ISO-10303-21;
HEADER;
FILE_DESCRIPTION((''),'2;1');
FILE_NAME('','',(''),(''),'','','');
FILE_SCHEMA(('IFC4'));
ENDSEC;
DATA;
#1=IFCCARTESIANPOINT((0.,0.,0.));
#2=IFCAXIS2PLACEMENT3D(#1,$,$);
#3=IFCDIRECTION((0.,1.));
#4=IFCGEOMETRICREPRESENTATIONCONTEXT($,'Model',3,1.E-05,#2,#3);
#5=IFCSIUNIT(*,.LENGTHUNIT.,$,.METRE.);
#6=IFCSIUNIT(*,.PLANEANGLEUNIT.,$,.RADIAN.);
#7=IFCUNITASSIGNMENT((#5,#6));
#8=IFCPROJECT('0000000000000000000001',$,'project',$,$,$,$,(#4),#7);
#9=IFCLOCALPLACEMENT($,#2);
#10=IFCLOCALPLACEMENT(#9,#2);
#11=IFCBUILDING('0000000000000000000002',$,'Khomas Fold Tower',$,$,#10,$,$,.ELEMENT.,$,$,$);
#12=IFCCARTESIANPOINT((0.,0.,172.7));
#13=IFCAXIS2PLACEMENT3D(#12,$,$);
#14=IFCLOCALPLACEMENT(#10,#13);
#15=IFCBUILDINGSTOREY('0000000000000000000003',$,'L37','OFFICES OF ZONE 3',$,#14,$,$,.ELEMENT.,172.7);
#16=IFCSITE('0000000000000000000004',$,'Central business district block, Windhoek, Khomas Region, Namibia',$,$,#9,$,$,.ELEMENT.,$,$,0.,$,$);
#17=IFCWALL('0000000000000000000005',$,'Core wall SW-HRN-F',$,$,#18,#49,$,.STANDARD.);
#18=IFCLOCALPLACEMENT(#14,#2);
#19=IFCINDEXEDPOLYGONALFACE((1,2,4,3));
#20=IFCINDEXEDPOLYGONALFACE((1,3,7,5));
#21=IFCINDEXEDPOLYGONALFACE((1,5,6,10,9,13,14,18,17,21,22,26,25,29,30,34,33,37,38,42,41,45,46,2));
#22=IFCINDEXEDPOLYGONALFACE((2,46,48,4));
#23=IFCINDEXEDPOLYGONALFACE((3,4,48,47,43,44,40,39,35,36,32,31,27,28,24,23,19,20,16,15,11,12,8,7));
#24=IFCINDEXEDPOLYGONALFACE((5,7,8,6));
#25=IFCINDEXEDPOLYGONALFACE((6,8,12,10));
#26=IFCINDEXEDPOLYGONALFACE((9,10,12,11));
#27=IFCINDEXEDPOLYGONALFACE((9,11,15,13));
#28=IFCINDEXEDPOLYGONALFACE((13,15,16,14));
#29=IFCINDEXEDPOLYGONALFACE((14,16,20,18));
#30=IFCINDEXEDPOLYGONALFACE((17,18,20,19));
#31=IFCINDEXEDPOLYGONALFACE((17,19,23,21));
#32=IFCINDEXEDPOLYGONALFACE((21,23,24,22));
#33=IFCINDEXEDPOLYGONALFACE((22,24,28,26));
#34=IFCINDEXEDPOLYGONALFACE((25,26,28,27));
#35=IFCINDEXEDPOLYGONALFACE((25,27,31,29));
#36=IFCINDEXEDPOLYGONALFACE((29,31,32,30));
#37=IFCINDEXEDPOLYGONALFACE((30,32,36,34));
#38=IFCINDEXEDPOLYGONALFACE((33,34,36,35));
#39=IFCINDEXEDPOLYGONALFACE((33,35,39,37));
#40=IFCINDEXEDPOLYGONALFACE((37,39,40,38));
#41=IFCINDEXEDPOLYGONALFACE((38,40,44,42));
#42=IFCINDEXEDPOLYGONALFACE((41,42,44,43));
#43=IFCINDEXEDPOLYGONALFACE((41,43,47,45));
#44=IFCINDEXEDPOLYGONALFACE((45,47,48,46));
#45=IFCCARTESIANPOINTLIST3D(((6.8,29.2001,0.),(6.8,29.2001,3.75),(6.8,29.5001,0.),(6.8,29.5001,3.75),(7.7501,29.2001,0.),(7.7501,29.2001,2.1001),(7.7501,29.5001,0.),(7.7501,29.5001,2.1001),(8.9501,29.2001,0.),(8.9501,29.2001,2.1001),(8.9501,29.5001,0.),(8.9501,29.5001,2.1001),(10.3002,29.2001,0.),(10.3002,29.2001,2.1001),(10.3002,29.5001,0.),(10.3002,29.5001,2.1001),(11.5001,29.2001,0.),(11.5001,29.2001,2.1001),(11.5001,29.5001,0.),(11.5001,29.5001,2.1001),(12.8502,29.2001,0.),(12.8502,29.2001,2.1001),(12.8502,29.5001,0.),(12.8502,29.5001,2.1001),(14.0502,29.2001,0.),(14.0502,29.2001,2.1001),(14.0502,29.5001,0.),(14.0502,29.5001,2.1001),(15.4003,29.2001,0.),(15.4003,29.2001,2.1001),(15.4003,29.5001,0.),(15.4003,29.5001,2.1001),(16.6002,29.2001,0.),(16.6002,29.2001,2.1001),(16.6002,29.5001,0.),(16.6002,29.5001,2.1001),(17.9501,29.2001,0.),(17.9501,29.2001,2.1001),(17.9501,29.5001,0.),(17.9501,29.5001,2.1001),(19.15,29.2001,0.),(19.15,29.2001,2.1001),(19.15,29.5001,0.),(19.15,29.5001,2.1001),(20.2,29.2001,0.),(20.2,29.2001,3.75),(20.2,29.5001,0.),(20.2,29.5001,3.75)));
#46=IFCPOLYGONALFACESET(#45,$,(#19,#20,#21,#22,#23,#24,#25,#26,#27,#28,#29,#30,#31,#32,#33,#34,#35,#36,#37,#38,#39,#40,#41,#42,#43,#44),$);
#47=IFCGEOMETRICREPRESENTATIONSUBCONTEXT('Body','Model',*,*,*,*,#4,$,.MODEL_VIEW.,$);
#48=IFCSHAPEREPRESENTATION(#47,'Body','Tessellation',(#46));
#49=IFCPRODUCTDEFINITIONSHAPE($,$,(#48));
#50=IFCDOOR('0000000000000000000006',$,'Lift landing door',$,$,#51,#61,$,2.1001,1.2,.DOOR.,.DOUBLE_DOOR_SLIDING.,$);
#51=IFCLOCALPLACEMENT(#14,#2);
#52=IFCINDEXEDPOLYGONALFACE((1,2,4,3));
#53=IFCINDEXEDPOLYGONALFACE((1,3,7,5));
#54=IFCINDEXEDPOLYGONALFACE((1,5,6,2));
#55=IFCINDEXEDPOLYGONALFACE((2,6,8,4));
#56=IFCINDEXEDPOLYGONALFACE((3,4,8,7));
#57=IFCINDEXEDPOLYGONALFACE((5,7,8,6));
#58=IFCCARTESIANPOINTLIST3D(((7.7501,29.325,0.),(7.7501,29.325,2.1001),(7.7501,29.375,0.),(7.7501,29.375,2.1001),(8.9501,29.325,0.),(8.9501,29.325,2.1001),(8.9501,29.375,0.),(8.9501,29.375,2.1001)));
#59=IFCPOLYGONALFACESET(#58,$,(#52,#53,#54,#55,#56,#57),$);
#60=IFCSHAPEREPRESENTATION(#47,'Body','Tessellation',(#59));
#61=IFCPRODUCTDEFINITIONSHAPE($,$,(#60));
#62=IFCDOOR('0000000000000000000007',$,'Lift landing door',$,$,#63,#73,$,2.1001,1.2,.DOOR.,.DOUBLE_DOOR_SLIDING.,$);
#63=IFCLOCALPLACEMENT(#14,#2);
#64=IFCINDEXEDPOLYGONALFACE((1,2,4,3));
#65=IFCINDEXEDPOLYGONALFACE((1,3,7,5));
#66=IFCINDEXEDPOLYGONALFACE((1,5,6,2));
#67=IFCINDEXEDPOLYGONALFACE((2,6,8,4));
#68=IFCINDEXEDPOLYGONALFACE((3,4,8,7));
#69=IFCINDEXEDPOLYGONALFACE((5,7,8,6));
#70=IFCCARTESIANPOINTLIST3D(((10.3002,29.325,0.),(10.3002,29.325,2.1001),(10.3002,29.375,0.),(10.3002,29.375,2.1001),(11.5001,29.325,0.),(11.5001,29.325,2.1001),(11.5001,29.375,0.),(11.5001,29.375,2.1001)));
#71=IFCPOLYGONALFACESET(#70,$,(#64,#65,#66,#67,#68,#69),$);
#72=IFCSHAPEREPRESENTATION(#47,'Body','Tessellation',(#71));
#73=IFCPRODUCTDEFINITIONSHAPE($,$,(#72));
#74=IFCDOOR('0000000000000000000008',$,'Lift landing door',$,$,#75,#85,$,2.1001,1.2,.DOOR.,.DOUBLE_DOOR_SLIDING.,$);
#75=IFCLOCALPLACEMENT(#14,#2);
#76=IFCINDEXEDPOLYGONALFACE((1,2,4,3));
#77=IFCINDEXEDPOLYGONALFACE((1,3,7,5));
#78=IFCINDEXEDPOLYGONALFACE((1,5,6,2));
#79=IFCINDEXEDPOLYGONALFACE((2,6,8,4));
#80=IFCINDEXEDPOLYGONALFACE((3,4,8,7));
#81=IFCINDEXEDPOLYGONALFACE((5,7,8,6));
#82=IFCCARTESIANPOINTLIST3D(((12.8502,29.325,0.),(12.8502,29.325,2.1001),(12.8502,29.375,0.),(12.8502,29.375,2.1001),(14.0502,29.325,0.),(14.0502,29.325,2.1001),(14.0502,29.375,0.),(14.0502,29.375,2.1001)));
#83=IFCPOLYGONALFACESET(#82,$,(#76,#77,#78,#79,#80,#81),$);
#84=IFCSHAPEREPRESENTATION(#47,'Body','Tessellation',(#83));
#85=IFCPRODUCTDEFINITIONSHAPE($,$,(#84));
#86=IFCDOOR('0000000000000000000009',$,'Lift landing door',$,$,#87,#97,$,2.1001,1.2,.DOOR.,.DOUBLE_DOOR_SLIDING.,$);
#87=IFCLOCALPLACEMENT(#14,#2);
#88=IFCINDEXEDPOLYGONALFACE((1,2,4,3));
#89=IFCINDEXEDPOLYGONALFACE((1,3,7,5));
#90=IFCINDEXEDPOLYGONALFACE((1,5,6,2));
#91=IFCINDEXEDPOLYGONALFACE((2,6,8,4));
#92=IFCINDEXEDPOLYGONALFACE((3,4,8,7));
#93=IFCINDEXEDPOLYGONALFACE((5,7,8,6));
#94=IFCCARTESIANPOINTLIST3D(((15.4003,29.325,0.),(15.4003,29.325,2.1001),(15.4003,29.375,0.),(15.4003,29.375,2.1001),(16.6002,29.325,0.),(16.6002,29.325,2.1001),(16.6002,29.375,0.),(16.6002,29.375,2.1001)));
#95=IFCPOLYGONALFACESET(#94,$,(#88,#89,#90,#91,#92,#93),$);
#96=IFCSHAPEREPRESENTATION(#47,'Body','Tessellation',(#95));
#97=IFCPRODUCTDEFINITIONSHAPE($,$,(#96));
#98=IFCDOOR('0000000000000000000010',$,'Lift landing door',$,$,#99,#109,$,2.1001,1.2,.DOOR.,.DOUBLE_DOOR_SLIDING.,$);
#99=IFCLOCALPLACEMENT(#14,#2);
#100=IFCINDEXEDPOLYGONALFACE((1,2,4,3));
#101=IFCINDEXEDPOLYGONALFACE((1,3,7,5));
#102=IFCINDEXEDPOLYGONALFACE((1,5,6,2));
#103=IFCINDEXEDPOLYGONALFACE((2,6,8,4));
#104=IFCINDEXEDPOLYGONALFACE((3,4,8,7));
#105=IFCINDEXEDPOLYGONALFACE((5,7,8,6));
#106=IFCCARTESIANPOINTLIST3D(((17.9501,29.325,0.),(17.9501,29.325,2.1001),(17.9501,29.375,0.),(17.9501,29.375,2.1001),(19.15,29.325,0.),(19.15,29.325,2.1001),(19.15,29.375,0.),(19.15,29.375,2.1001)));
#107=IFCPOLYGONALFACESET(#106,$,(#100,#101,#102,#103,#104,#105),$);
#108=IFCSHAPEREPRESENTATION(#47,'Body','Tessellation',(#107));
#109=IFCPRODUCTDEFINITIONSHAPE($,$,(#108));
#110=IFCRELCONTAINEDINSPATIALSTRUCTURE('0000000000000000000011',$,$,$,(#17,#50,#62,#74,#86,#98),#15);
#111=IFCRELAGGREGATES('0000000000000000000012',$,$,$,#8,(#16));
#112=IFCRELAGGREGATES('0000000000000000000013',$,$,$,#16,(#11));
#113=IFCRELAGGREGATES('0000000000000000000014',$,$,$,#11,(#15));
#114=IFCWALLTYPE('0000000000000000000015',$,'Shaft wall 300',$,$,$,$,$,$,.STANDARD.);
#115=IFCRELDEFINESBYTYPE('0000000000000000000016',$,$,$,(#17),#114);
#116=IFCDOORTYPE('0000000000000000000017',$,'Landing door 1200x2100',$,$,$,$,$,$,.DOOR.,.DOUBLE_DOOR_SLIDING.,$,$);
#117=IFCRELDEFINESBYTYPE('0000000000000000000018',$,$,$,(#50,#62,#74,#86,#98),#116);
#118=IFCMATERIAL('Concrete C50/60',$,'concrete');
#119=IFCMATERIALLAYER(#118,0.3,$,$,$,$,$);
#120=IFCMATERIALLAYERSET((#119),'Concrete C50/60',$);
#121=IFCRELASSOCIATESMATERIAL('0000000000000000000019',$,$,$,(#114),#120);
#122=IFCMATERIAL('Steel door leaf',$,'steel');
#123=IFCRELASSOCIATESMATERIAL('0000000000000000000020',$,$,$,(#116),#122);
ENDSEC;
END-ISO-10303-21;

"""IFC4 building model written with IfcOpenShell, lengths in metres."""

from ifc_helpers import new_model, si_unit, direction, frame, frame_2d, origin, place, context, subcontext, project, spatial, rectangle, extrude, source, transform, mapped, material, layer, layer_set, type_object, element, fill, save


model = new_model("IFC4")

# Units and contexts
model_context = context("Model", 3, precision=1e-05, world=origin(), true_north=direction((0.0, 1.0)))
body_context = subcontext(model_context, "Body", "Model", "MODEL_VIEW")
ifc_project = project(units=[si_unit("LENGTHUNIT", "METRE"), si_unit("PLANEANGLEUNIT", "RADIAN")], contexts=[model_context])

# Site, building, storey
site_placement = place(None, origin())
site = spatial("IfcSite", under=ifc_project, at=site_placement, Name="Central business district block, Windhoek, Khomas Region, Namibia", CompositionType="ELEMENT", RefElevation=0.0)
building_placement = place(site_placement, origin())
building = spatial("IfcBuilding", under=site, at=building_placement, Name="Khomas Fold Tower", CompositionType="ELEMENT")
storey_placement = place(building_placement, frame((0.0, 0.0, 172.7)))
storey = spatial("IfcBuildingStorey", under=building, at=storey_placement, Name="L37", Description="OFFICES OF ZONE 3", CompositionType="ELEMENT", Elevation=172.7)

# Shared definitions
ifc_material_1 = material(Name="Concrete C50/60", Category="concrete")
ifc_layer_1 = layer(ifc_material_1, 0.3)
ifc_layer_set_1 = layer_set([ifc_layer_1], Name="Concrete C50/60")
wall_type_1 = type_object("IfcWallType", Name="Shaft wall 300", PredefinedType="STANDARD", material=ifc_layer_set_1)
shared_shape_1 = source(origin(), body_context, "Body", "SweptSolid", [
    extrude(rectangle(XDim=13.3999, YDim=0.3, at=frame_2d((6.7, 0.0))), origin(), (0.0, 0.0, 1.0), 3.75),
])

# Wall, openings, doors
wall_1_placement = place(storey_placement, frame((6.8, 29.3501, 0.0), z_axis=(0.0, 0.0, 1.0), x_axis=(1.0, 0.0, 0.0)))
wall_1 = element("IfcWall", 1, at=wall_1_placement, inside=storey, type_object=wall_type_1, Name="Core wall SW-HRN-F", PredefinedType="STANDARD", context=body_context, shape_type="MappedRepresentation", body=[
    mapped(shared_shape_1, transform((0.0, 0.0, 0.0))),
])
shared_shape_2 = source(origin(), body_context, "Body", "SweptSolid", [
    extrude(rectangle(XDim=1.2, YDim=2.1001, at=frame_2d((0.6001, 1.05))), frame((0.0, 0.1599, 0.0), z_axis=(0.0, -1.0, 0.0), x_axis=(1.0, 0.0, 0.0)), (0.0, 0.0, 1.0), 0.3201),
])
opening_1_placement = place(wall_1_placement, frame((0.95, 0.0, 0.0)))
opening_1 = element("IfcOpeningElement", 2, at=opening_1_placement, cuts=wall_1, PredefinedType="OPENING", context=body_context, shape_type="MappedRepresentation", body=[
    mapped(shared_shape_2, transform((0.0, 0.0, 0.0))),
])
opening_2_placement = place(wall_1_placement, frame((3.5, 0.0, 0.0)))
opening_2 = element("IfcOpeningElement", 3, at=opening_2_placement, cuts=wall_1, PredefinedType="OPENING", context=body_context, shape_type="MappedRepresentation", body=[
    mapped(shared_shape_2, transform((0.0, 0.0, 0.0))),
])
opening_3_placement = place(wall_1_placement, frame((6.05, 0.0, 0.0)))
opening_3 = element("IfcOpeningElement", 4, at=opening_3_placement, cuts=wall_1, PredefinedType="OPENING", context=body_context, shape_type="MappedRepresentation", body=[
    mapped(shared_shape_2, transform((0.0, 0.0, 0.0))),
])
opening_4_placement = place(wall_1_placement, frame((8.6001, 0.0, 0.0)))
opening_4 = element("IfcOpeningElement", 5, at=opening_4_placement, cuts=wall_1, PredefinedType="OPENING", context=body_context, shape_type="MappedRepresentation", body=[
    mapped(shared_shape_2, transform((0.0, 0.0, 0.0))),
])
opening_5_placement = place(wall_1_placement, frame((11.1499, 0.0, 0.0)))
opening_5 = element("IfcOpeningElement", 6, at=opening_5_placement, cuts=wall_1, PredefinedType="OPENING", context=body_context, shape_type="MappedRepresentation", body=[
    mapped(shared_shape_2, transform((0.0, 0.0, 0.0))),
])
ifc_material_2 = material(Name="Steel door leaf", Category="steel")
door_type = type_object("IfcDoorType", Name="Landing door 1200x2100", OperationType="DOUBLE_DOOR_SLIDING", PredefinedType="DOOR", material=ifc_material_2)
shared_shape_3 = source(origin(), body_context, "Body", "SweptSolid", [
    extrude(rectangle(XDim=1.2, YDim=2.1001, at=frame_2d((0.6001, 1.05))), frame((0.0, 0.0249, 0.0), z_axis=(0.0, -1.0, 0.0), x_axis=(1.0, 0.0, 0.0)), (0.0, 0.0, 1.0), 0.05),
])
door_1_placement = place(opening_1_placement, origin())
door_1 = element("IfcDoor", 7, at=door_1_placement, inside=storey, type_object=door_type, Name="Lift landing door", OperationType="DOUBLE_DOOR_SLIDING", OverallHeight=2.1001, OverallWidth=1.2, PredefinedType="DOOR", context=body_context, shape_type="MappedRepresentation", body=[
    mapped(shared_shape_3, transform((0.0, 0.0, 0.0))),
])
fill(opening_1, door_1)
door_2_placement = place(opening_2_placement, origin())
door_2 = element("IfcDoor", 8, at=door_2_placement, inside=storey, type_object=door_type, Name="Lift landing door", OperationType="DOUBLE_DOOR_SLIDING", OverallHeight=2.1001, OverallWidth=1.2, PredefinedType="DOOR", context=body_context, shape_type="MappedRepresentation", body=[
    mapped(shared_shape_3, transform((0.0, 0.0, 0.0))),
])
fill(opening_2, door_2)
door_3_placement = place(opening_3_placement, origin())
door_3 = element("IfcDoor", 9, at=door_3_placement, inside=storey, type_object=door_type, Name="Lift landing door", OperationType="DOUBLE_DOOR_SLIDING", OverallHeight=2.1001, OverallWidth=1.2, PredefinedType="DOOR", context=body_context, shape_type="MappedRepresentation", body=[
    mapped(shared_shape_3, transform((0.0, 0.0, 0.0))),
])
fill(opening_3, door_3)
door_4_placement = place(opening_4_placement, origin())
door_4 = element("IfcDoor", 10, at=door_4_placement, inside=storey, type_object=door_type, Name="Lift landing door", OperationType="DOUBLE_DOOR_SLIDING", OverallHeight=2.1001, OverallWidth=1.2, PredefinedType="DOOR", context=body_context, shape_type="MappedRepresentation", body=[
    mapped(shared_shape_3, transform((0.0, 0.0, 0.0))),
])
fill(opening_4, door_4)
door_5_placement = place(opening_5_placement, origin())
door_5 = element("IfcDoor", 11, at=door_5_placement, inside=storey, type_object=door_type, Name="Lift landing door", OperationType="DOUBLE_DOOR_SLIDING", OverallHeight=2.1001, OverallWidth=1.2, PredefinedType="DOOR", context=body_context, shape_type="MappedRepresentation", body=[
    mapped(shared_shape_3, transform((0.0, 0.0, 0.0))),
])
fill(opening_5, door_5)

save(model, "model.ifc")
